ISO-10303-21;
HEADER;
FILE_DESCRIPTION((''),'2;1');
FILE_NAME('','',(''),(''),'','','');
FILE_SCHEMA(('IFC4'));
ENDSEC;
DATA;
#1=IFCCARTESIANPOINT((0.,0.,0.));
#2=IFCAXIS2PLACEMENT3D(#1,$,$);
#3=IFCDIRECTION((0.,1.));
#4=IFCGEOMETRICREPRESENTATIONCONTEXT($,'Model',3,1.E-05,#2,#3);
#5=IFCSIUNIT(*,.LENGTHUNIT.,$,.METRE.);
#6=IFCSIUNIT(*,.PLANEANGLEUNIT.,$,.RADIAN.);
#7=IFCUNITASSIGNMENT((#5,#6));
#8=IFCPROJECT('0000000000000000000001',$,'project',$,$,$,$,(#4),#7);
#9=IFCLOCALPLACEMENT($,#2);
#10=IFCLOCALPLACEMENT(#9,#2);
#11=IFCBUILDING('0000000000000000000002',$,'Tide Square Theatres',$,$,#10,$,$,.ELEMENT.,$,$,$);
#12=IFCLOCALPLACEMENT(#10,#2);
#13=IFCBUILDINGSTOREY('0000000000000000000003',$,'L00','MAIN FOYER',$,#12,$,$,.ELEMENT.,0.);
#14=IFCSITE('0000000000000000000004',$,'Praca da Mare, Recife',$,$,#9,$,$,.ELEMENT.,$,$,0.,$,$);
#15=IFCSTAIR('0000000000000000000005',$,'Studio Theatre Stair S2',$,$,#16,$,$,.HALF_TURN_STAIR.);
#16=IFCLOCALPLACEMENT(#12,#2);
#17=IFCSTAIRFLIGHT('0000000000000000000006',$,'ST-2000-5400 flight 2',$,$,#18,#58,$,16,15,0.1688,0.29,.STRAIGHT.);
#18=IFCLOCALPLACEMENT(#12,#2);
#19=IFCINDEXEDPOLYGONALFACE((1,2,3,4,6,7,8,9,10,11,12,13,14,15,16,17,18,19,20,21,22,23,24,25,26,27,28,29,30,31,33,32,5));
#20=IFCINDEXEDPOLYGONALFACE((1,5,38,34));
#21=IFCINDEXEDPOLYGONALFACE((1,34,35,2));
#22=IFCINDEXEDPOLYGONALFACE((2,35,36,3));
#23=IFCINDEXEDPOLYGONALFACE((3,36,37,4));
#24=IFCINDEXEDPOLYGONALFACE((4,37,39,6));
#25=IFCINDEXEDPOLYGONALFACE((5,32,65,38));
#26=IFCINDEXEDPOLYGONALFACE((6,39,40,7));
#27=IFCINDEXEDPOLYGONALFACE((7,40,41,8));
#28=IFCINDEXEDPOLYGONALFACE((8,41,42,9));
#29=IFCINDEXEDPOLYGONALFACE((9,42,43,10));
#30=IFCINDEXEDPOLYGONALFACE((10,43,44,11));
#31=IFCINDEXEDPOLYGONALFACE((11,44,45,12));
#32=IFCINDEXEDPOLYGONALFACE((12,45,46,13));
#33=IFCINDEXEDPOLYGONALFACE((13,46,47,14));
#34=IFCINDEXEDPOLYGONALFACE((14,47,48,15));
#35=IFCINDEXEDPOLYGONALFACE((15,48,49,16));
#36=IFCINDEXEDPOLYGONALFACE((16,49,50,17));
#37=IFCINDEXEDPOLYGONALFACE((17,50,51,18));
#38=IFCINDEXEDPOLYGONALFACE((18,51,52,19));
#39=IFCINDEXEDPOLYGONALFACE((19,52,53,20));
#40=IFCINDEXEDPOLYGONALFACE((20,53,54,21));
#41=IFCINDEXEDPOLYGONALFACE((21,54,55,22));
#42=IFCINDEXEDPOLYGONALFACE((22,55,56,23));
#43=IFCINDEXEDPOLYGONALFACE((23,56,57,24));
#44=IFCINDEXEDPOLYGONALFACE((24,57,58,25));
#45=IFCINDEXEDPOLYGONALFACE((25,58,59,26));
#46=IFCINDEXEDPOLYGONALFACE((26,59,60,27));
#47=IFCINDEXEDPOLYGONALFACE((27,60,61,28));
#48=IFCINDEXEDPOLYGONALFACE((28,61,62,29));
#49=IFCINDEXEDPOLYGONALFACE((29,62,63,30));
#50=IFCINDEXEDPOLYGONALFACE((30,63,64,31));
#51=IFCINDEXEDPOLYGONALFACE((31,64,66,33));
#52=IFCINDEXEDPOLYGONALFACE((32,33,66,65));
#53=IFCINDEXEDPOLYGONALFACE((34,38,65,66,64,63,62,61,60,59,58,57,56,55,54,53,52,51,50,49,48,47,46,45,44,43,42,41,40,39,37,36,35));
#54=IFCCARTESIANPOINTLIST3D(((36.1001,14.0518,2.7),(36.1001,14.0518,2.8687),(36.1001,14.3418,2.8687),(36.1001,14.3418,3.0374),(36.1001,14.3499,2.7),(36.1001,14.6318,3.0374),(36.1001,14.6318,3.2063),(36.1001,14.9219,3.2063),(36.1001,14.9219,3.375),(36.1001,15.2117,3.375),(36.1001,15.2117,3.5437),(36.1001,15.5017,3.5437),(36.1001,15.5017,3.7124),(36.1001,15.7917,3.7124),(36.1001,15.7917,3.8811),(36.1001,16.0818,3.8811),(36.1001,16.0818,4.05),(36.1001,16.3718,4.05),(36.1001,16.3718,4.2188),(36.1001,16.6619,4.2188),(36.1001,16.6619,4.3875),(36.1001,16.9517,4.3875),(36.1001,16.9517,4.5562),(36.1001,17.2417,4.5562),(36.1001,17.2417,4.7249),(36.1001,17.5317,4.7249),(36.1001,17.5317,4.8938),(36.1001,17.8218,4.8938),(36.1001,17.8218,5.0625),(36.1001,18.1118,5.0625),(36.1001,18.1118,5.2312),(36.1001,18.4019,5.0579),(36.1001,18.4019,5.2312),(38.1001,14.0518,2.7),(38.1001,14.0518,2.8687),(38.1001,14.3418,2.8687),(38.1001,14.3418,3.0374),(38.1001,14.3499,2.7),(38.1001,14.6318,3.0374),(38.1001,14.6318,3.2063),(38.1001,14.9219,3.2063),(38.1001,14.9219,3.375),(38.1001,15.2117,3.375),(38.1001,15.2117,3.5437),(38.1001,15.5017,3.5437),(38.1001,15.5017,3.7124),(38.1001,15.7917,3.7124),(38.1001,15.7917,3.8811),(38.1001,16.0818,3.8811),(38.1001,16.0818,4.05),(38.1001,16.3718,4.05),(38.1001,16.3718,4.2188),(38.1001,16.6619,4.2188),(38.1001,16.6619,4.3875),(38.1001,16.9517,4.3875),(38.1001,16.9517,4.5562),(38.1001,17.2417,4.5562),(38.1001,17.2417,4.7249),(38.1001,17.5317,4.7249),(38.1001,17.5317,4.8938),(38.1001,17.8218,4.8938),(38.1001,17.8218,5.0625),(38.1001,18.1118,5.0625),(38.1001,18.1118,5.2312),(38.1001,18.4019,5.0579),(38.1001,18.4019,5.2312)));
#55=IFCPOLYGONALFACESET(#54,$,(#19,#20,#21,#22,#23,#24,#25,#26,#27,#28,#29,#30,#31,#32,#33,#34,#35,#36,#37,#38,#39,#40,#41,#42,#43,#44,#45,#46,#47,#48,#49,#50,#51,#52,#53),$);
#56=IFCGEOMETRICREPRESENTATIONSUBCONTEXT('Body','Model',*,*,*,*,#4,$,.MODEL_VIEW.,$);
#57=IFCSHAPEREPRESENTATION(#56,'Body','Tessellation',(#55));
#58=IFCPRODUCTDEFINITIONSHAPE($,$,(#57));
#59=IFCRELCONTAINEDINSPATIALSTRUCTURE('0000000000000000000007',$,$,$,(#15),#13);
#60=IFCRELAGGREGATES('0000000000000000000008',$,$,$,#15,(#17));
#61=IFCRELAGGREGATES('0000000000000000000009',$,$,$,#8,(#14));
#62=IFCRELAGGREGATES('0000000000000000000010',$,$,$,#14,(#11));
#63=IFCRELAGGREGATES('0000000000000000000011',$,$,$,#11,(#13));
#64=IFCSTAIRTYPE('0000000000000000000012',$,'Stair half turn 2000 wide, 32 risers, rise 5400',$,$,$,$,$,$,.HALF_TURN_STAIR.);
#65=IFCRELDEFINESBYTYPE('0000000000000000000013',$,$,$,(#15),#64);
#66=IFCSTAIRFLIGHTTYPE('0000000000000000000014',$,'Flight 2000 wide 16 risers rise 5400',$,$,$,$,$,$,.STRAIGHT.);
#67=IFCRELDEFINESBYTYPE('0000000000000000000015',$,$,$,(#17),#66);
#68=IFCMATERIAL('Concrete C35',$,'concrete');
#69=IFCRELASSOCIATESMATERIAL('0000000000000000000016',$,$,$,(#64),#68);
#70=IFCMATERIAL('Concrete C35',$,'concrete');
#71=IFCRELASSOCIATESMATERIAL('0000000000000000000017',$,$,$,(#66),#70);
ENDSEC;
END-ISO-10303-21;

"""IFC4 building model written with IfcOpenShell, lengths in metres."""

from ifc_helpers import new_model, si_unit, direction, frame, origin, place, context, subcontext, project, spatial, polyline, outline, extrude, material, type_object, element, aggregate, save


model = new_model("IFC4")

# Units and contexts
model_context = context("Model", 3, precision=1e-05, world=origin(), true_north=direction((0.0, 1.0)))
body_context = subcontext(model_context, "Body", "Model", "MODEL_VIEW")
ifc_project = project(units=[si_unit("LENGTHUNIT", "METRE"), si_unit("PLANEANGLEUNIT", "RADIAN")], contexts=[model_context])

# Site, building, storey
site_placement = place(None, origin())
site = spatial("IfcSite", under=ifc_project, at=site_placement, Name="Praca da Mare, Recife", CompositionType="ELEMENT", RefElevation=0.0)
building_placement = place(site_placement, origin())
building = spatial("IfcBuilding", under=site, at=building_placement, Name="Tide Square Theatres", CompositionType="ELEMENT")
storey_placement = place(building_placement, origin())
storey = spatial("IfcBuildingStorey", under=building, at=storey_placement, Name="L00", Description="MAIN FOYER", CompositionType="ELEMENT", Elevation=0.0)

# Stair, stair flight
ifc_material_1 = material(Name="Concrete C35", Category="concrete")
stair_type = type_object("IfcStairType", Name="Stair half turn 2000 wide, 32 risers, rise 5400", PredefinedType="HALF_TURN_STAIR", material=ifc_material_1)
stair_placement = place(storey_placement, origin())
stair = element("IfcStair", 1, at=stair_placement, inside=storey, type_object=stair_type, Name="Studio Theatre Stair S2", PredefinedType="HALF_TURN_STAIR")
ifc_material_2 = material(Name="Concrete C35", Category="concrete")
stair_flight_type = type_object("IfcStairFlightType", Name="Flight 2000 wide 16 risers rise 5400", PredefinedType="STRAIGHT", material=ifc_material_2)
stair_flight_placement = place(storey_placement, frame((37.1001, 14.0518, 2.7), z_axis=(0.0, 0.0, 1.0), x_axis=(0.0, 1.0, 0.0)))
stair_flight = element("IfcStairFlight", 2, at=stair_flight_placement, type_object=stair_flight_type, Name="ST-2000-5400 flight 2", NumberOfRisers=16, NumberOfTreads=15, PredefinedType="STRAIGHT", RiserHeight=0.1688, TreadLength=0.29, context=body_context, shape_type="SweptSolid", body=[
    extrude(outline(polyline([(0.0, 0.0), (0.0, 0.1687), (0.29, 0.1687), (0.29, 0.3374), (0.5801, 0.3374), (0.5801, 0.5063), (0.8701, 0.5063), (0.8701, 0.675), (1.1599, 0.675), (1.1599, 0.8438), (1.45, 0.8438), (1.45, 1.0125), (1.74, 1.0125), (1.74, 1.1812), (2.03, 1.1812), (2.03, 1.3501), (2.3201, 1.3501), (2.3201, 1.5188), (2.6101, 1.5188), (2.6101, 1.6875), (2.8999, 1.6875), (2.8999, 1.8562), (3.1899, 1.8562), (3.1899, 2.0249), (3.48, 2.0249), (3.48, 2.1938), (3.77, 2.1938), (3.77, 2.3625), (4.0601, 2.3625), (4.0601, 2.5312), (4.3501, 2.5312), (4.3501, 2.7), (4.3501, 2.3579), (0.2981, 0.0), (0.0, 0.0)])), frame((0.0, 1.0, 0.0), z_axis=(0.0, -1.0, 0.0), x_axis=(1.0, 0.0, 0.0)), (0.0, 0.0, 1.0), 2.0),
])
aggregate(stair, [stair_flight])

save(model, "model.ifc")
